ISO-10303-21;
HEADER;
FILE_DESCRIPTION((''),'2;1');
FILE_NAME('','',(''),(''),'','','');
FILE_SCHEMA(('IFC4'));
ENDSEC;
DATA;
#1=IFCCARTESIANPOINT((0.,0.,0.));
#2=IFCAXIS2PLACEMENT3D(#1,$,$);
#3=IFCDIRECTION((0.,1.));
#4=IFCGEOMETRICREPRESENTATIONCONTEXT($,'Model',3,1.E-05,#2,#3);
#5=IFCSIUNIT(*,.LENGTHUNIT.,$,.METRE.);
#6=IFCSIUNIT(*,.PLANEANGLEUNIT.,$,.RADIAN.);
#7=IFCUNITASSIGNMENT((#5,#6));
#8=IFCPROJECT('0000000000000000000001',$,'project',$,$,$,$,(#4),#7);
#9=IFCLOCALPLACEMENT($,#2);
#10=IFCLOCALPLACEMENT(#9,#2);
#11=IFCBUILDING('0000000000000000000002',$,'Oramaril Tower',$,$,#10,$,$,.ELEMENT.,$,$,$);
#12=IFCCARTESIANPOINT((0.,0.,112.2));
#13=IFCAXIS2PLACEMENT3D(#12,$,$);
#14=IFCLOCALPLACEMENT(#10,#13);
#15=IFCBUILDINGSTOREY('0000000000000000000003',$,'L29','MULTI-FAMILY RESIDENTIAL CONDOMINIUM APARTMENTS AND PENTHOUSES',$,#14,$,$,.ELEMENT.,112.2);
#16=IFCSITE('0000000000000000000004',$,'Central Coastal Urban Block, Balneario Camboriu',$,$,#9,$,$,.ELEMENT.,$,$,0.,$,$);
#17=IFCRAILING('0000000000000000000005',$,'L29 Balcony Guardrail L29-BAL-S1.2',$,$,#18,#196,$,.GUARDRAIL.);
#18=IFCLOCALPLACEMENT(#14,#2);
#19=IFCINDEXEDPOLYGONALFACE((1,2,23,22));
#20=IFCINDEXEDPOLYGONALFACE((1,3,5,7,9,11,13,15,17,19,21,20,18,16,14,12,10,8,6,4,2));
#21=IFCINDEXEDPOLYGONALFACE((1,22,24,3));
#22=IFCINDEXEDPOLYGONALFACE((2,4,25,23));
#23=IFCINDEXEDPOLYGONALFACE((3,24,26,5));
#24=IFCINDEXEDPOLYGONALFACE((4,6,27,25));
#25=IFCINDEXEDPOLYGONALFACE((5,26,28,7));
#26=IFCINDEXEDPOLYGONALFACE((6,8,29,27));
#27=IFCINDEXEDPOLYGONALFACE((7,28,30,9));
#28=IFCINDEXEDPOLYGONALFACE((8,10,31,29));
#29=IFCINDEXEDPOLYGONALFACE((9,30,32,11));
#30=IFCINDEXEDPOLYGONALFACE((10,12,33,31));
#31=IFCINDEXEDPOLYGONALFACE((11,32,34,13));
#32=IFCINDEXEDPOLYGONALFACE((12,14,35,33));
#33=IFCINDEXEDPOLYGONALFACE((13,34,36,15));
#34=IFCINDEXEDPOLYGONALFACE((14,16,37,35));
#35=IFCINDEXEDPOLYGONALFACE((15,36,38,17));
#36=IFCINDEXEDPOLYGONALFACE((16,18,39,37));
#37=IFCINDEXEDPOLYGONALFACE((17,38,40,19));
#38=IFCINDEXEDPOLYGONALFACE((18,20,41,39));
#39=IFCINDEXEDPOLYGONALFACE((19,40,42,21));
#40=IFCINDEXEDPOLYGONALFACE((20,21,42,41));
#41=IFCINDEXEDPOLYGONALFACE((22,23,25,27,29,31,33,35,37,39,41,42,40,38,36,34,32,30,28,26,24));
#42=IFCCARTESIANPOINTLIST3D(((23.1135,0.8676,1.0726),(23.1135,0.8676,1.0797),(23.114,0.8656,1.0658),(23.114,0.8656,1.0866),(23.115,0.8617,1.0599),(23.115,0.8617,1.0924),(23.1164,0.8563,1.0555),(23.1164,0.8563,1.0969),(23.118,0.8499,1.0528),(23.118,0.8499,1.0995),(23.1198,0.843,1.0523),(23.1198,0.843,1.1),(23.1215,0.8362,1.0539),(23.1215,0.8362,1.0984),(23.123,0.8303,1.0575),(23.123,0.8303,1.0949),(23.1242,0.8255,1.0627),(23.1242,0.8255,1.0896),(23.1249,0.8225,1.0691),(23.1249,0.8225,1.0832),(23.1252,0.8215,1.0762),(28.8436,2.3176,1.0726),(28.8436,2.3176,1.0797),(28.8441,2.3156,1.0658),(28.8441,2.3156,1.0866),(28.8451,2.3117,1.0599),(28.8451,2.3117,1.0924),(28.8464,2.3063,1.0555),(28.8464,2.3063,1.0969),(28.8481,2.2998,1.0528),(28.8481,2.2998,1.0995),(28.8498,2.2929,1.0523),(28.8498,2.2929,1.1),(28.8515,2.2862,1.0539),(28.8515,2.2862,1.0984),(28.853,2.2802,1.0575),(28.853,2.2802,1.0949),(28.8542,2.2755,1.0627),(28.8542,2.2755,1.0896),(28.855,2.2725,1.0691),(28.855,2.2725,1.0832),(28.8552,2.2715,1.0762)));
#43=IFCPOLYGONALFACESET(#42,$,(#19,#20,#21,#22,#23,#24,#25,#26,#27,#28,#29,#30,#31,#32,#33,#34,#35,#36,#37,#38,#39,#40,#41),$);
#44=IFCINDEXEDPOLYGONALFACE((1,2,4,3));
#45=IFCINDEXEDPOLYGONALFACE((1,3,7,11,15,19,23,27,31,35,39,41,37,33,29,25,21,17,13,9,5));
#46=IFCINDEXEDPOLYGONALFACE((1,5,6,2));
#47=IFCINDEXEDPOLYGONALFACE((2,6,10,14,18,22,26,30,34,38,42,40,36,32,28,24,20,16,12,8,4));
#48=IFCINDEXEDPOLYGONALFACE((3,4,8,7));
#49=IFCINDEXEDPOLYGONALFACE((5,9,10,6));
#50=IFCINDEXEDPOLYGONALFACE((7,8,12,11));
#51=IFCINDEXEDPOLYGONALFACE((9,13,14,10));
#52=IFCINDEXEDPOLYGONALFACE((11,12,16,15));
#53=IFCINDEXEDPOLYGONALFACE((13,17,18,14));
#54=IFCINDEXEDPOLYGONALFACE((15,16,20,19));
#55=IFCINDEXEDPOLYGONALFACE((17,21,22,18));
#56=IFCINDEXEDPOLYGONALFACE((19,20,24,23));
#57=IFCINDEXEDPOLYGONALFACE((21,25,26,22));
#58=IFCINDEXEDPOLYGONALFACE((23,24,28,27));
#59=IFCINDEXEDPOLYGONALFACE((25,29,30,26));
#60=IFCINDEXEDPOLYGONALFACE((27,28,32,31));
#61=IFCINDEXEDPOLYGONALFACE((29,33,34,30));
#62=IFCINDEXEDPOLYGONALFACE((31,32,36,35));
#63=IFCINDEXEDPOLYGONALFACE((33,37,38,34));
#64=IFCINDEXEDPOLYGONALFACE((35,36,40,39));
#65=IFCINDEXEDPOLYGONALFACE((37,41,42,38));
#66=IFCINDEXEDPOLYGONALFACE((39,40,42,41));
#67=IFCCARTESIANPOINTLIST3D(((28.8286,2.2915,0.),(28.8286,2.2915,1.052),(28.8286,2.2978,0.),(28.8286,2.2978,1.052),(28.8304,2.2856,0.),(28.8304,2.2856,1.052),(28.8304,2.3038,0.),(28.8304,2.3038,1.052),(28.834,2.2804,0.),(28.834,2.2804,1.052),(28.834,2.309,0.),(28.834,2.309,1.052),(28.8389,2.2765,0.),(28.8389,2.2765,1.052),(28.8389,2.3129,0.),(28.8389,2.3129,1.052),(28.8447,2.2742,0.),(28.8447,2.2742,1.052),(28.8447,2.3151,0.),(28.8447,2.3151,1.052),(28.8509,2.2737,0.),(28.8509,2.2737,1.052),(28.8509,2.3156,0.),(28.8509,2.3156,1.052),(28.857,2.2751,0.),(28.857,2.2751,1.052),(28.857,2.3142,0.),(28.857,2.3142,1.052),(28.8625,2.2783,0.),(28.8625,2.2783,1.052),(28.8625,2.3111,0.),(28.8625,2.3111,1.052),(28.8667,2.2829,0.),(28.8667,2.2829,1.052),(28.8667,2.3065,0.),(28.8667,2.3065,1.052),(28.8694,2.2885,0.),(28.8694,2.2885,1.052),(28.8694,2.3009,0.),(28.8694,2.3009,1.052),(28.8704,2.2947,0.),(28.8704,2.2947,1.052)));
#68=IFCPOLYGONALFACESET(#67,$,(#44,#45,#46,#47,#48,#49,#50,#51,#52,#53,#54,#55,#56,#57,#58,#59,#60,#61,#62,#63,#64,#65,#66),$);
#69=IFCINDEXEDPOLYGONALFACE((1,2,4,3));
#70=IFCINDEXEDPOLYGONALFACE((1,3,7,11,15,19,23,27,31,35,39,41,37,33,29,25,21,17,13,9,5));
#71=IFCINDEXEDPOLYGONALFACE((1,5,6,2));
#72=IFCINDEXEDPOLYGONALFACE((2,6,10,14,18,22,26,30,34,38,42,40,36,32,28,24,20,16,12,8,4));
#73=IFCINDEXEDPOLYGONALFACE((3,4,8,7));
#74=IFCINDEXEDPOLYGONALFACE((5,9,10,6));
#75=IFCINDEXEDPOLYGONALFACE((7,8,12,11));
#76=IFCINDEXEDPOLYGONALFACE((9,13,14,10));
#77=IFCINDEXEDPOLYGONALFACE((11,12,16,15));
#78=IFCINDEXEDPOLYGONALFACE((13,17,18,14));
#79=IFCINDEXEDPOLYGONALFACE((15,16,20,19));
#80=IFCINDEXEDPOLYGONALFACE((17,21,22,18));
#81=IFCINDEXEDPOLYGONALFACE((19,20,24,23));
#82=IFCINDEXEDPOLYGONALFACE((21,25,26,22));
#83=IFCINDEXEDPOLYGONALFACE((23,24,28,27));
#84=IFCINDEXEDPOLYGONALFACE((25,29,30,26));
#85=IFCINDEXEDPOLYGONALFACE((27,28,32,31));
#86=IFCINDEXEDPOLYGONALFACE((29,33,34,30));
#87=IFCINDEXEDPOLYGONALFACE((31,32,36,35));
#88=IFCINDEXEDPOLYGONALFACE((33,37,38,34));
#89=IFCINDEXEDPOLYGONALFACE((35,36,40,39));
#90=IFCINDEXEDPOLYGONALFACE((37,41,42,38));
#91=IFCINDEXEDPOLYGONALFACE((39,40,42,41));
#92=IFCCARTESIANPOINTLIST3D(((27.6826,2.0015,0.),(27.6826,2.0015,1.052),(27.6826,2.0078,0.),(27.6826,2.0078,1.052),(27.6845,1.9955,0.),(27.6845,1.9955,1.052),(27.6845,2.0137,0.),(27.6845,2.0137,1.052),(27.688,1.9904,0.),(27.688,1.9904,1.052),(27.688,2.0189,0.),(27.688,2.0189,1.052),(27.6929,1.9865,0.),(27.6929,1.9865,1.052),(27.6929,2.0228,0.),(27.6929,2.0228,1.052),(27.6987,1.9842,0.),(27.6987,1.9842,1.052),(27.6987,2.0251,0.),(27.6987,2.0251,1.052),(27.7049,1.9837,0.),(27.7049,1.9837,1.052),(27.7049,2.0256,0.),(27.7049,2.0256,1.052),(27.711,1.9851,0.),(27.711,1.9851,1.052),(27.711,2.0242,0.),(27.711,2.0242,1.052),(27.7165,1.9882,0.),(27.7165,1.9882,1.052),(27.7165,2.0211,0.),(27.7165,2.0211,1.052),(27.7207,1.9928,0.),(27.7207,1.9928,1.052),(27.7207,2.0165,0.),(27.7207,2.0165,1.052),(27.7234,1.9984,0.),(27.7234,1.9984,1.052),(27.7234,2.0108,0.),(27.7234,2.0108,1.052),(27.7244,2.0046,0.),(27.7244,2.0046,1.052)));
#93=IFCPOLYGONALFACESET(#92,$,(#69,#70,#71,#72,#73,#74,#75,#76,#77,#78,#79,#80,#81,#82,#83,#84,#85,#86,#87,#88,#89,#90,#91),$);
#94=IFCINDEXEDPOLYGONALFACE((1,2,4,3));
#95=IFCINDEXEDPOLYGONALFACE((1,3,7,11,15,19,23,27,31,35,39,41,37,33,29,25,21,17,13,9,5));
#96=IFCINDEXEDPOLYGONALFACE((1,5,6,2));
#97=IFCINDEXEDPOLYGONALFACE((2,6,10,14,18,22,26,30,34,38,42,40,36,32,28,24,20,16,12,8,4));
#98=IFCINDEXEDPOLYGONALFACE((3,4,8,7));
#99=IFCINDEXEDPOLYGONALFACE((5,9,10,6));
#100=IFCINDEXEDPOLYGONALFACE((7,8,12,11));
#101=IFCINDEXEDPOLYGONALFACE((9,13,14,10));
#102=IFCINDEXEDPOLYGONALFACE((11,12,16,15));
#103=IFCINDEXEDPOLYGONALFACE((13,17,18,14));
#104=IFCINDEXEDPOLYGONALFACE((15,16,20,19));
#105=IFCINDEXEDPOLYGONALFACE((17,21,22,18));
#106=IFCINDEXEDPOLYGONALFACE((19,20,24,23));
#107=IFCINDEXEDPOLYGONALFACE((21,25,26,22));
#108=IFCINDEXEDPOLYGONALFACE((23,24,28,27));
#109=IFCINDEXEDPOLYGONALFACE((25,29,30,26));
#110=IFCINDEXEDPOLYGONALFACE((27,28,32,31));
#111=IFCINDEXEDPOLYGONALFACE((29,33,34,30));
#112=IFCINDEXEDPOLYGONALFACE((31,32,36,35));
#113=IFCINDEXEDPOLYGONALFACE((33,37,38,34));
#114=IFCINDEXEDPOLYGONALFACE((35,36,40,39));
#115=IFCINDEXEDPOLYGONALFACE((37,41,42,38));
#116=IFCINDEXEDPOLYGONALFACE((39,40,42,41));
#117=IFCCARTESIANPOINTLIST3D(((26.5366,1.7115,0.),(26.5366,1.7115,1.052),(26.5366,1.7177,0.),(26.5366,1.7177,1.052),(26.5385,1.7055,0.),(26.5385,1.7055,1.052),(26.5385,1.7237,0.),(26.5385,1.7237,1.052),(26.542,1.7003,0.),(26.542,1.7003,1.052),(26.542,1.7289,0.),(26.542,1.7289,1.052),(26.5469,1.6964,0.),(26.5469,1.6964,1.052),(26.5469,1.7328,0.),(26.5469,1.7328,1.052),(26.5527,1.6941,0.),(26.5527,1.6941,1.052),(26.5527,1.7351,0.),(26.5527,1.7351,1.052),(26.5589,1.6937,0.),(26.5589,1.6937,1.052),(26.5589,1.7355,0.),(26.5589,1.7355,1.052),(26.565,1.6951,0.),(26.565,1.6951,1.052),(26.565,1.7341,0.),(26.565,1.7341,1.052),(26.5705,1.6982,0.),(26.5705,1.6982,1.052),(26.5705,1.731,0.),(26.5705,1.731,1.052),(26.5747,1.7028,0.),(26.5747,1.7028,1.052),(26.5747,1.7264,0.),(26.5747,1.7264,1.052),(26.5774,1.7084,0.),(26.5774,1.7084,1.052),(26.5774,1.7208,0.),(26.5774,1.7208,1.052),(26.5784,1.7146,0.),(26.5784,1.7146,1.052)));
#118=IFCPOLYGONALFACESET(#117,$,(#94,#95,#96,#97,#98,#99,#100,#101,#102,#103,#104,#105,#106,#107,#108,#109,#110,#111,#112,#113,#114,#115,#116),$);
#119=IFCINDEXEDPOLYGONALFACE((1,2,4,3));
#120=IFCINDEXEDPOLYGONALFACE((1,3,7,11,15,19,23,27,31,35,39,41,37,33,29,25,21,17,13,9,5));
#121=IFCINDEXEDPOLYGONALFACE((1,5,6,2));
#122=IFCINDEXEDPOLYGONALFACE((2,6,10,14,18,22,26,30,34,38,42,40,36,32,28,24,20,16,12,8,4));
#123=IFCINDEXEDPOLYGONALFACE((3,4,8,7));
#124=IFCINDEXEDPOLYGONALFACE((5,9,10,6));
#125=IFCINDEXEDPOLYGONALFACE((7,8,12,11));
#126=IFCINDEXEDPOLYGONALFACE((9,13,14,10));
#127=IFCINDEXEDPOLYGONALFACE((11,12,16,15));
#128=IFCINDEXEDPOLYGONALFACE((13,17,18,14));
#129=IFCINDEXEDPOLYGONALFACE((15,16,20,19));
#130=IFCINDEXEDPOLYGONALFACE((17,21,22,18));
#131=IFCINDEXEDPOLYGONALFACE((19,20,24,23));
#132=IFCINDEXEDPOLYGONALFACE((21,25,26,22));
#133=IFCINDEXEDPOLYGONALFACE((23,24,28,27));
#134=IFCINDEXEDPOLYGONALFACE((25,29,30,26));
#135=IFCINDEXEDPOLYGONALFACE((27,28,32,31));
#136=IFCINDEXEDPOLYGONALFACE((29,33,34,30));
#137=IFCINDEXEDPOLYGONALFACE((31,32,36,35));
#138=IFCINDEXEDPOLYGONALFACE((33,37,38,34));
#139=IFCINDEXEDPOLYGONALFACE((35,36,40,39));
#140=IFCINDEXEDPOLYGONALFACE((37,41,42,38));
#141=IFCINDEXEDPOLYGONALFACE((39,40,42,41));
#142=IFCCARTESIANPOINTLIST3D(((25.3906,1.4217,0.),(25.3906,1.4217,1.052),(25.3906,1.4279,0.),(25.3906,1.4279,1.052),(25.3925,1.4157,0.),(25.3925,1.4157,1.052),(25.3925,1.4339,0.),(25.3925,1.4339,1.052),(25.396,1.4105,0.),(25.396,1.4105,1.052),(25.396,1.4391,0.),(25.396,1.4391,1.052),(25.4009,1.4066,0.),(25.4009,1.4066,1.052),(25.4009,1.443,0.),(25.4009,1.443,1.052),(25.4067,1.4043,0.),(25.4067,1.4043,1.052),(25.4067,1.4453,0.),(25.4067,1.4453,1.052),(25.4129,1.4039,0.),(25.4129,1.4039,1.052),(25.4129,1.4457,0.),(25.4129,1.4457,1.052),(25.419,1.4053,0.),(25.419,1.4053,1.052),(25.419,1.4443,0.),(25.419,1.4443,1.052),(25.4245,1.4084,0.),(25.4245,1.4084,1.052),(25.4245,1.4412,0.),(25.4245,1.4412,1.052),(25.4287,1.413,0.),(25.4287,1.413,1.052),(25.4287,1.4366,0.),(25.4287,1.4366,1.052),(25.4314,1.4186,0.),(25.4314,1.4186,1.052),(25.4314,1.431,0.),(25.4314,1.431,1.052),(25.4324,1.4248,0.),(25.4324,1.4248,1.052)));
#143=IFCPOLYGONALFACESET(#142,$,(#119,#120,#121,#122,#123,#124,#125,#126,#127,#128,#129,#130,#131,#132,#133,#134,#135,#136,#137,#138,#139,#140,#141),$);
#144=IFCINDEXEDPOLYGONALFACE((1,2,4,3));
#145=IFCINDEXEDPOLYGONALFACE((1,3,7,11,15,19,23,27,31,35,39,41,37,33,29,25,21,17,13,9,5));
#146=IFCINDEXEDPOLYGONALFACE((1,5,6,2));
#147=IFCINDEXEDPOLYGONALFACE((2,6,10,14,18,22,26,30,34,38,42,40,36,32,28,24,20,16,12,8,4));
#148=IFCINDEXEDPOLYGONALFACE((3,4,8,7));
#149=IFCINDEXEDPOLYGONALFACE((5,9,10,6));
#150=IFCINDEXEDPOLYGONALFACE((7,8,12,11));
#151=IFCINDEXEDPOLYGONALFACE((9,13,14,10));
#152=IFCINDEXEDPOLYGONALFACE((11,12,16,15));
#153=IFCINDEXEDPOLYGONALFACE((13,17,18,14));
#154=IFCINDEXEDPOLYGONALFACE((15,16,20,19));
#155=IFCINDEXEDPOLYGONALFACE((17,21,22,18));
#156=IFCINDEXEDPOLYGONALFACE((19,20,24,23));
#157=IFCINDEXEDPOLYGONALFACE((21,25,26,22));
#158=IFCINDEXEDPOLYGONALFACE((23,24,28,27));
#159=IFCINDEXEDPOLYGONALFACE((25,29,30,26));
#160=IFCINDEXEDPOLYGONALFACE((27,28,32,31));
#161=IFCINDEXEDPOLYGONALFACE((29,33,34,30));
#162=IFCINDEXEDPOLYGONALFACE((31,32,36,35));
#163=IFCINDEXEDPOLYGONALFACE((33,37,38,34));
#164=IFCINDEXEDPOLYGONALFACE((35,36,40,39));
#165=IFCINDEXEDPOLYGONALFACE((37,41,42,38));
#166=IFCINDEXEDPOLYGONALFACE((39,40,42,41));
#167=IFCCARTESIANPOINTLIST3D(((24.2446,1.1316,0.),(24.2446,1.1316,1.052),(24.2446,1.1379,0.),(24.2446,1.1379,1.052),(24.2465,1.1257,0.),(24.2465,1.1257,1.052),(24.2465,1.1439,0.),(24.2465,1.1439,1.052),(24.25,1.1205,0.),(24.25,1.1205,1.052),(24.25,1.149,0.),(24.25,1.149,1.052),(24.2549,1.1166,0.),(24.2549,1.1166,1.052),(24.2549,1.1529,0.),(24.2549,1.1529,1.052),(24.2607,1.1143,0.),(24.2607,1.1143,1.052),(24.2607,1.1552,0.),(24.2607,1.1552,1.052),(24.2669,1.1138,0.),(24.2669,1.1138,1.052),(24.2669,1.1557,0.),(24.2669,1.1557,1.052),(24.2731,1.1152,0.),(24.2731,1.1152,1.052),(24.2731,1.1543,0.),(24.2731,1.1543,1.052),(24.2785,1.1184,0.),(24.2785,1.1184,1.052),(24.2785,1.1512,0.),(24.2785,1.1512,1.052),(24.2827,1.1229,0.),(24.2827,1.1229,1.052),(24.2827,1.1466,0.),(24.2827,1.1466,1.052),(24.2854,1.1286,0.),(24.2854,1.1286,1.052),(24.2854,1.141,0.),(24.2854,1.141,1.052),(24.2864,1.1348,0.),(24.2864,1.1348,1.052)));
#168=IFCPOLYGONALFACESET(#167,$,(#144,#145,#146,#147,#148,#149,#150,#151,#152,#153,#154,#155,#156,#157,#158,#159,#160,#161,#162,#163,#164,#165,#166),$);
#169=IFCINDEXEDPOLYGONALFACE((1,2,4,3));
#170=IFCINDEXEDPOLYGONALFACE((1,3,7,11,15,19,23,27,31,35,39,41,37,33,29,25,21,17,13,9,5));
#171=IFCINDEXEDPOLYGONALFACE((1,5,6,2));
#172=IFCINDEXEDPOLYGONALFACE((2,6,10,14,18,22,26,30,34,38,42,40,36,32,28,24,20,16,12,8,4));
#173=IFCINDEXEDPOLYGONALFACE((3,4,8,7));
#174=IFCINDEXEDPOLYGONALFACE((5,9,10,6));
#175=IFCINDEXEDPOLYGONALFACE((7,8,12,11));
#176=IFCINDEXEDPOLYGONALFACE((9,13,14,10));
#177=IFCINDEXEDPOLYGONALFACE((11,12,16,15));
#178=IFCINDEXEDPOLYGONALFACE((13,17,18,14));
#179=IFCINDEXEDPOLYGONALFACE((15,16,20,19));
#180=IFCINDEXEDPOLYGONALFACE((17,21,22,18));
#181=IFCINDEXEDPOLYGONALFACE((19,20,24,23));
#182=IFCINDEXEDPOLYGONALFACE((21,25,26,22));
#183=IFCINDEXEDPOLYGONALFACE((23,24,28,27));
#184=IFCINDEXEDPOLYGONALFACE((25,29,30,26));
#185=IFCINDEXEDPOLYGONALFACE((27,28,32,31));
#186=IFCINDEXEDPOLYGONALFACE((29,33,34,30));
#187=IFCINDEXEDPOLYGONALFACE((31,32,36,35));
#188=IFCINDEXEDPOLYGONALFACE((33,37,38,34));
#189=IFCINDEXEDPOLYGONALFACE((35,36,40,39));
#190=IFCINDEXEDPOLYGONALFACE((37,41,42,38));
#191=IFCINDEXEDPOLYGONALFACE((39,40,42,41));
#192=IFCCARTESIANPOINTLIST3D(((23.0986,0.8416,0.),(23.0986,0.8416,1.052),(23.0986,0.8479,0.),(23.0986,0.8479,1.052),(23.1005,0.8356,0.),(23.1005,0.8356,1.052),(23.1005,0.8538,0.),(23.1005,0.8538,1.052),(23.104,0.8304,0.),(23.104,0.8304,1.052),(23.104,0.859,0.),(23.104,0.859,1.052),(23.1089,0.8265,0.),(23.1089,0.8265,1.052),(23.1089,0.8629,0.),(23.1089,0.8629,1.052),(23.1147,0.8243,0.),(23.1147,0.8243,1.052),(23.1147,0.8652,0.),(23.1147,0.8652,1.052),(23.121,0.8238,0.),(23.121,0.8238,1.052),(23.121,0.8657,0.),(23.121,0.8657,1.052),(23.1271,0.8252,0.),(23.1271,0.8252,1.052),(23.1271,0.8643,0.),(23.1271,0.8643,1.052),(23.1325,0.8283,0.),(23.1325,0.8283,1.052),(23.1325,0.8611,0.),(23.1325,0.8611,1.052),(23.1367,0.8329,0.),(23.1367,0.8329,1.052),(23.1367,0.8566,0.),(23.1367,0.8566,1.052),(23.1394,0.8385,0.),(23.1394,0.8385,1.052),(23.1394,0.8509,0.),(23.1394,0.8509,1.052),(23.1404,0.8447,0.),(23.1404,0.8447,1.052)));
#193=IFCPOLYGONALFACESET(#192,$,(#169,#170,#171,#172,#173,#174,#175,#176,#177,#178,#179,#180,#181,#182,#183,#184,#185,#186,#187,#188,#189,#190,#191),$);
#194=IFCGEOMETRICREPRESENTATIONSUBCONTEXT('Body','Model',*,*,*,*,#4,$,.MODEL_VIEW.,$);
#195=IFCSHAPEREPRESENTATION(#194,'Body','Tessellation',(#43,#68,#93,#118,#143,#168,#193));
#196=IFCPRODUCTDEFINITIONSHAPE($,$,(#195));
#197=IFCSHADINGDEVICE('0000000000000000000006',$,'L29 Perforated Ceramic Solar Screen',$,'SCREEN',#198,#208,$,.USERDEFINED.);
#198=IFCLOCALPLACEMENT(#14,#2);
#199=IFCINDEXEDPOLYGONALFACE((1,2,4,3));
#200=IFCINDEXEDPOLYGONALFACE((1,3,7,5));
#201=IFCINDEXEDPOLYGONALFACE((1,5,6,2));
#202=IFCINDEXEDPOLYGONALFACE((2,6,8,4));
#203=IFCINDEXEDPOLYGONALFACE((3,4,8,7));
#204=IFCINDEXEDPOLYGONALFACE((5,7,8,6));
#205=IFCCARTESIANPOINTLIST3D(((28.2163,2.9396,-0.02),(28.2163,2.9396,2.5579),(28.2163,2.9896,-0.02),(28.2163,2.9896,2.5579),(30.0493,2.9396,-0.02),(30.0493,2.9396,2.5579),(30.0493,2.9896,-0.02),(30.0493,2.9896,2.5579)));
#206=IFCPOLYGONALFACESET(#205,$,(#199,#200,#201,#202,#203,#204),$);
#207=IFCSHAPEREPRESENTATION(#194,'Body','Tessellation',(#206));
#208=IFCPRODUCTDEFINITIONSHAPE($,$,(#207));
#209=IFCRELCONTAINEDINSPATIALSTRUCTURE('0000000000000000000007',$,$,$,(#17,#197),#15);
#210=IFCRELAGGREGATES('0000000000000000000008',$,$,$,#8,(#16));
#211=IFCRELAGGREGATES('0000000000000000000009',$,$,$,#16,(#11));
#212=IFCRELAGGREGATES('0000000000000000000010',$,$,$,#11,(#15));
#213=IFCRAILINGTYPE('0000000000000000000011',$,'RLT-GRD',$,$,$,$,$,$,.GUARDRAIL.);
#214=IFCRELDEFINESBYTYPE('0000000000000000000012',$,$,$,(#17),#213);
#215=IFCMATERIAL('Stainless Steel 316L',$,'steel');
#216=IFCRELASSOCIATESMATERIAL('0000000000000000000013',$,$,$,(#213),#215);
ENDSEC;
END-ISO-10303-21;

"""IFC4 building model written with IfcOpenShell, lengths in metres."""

from ifc_helpers import new_model, si_unit, direction, frame, origin, origin_2d, place, context, subcontext, project, spatial, rectangle, circle, extrude, material, type_object, element, save


model = new_model("IFC4")

# Units and contexts
model_context = context("Model", 3, precision=1e-05, world=origin(), true_north=direction((0.0, 1.0)))
body_context = subcontext(model_context, "Body", "Model", "MODEL_VIEW")
ifc_project = project(units=[si_unit("LENGTHUNIT", "METRE"), si_unit("PLANEANGLEUNIT", "RADIAN")], contexts=[model_context])

# Site, building, storey
site_placement = place(None, origin())
site = spatial("IfcSite", under=ifc_project, at=site_placement, Name="Central Coastal Urban Block, Balneario Camboriu", CompositionType="ELEMENT", RefElevation=0.0)
building_placement = place(site_placement, origin())
building = spatial("IfcBuilding", under=site, at=building_placement, Name="Oramaril Tower", CompositionType="ELEMENT")
storey_placement = place(building_placement, frame((0.0, 0.0, 112.2)))
storey = spatial("IfcBuildingStorey", under=building, at=storey_placement, Name="L29", Description="MULTI-FAMILY RESIDENTIAL CONDOMINIUM APARTMENTS AND PENTHOUSES", CompositionType="ELEMENT", Elevation=112.2)

# Railing
ifc_material_1 = material(Name="Stainless Steel 316L", Category="steel")
railing_type = type_object("IfcRailingType", Name="RLT-GRD", PredefinedType="GUARDRAIL", material=ifc_material_1)
railing_1_placement = place(storey_placement, frame((28.8494, 2.2947, 0.0)))
element("IfcRailing", 1, at=railing_1_placement, inside=storey, type_object=railing_type, Name="L29 Balcony Guardrail L29-BAL-S1.2", PredefinedType="GUARDRAIL", context=body_context, shape_type="SweptSolid", body=[
    extrude(circle(Radius=0.0239, at=origin_2d()), frame((0.0, 0.0, 1.0762), z_axis=(-0.969444, -0.245314, 0.0), x_axis=(0.245314, -0.969444, 0.0)), (0.0, 0.0, 1.0), 5.9106),
    extrude(circle(Radius=0.021, at=origin_2d()), origin(), (0.0, 0.0, 1.0), 1.052),
    extrude(circle(Radius=0.021, at=origin_2d()), frame((-1.146, -0.29, 0.0)), (0.0, 0.0, 1.0), 1.052),
    extrude(circle(Radius=0.021, at=origin_2d()), frame((-2.292, -0.5801, 0.0)), (0.0, 0.0, 1.0), 1.052),
    extrude(circle(Radius=0.021, at=origin_2d()), frame((-3.438, -0.8699, 0.0)), (0.0, 0.0, 1.0), 1.052),
    extrude(circle(Radius=0.021, at=origin_2d()), frame((-4.584, -1.1599, 0.0)), (0.0, 0.0, 1.0), 1.052),
    extrude(circle(Radius=0.021, at=origin_2d()), frame((-5.73, -1.45, 0.0)), (0.0, 0.0, 1.0), 1.052),
])

# Shading device
shading_device_placement = place(storey_placement, frame((29.1328, 2.9646, -0.02), z_axis=(0.0, 0.0, 1.0), x_axis=(1.0, 0.0, 0.0)))
element("IfcShadingDevice", 2, at=shading_device_placement, inside=storey, Name="L29 Perforated Ceramic Solar Screen", ObjectType="SCREEN", PredefinedType="USERDEFINED", context=body_context, shape_type="SweptSolid", body=[
    extrude(rectangle(XDim=1.833, YDim=0.05, at=origin_2d()), origin(), (0.0, 0.0, 1.0), 2.5779),
])

save(model, "model.ifc")
